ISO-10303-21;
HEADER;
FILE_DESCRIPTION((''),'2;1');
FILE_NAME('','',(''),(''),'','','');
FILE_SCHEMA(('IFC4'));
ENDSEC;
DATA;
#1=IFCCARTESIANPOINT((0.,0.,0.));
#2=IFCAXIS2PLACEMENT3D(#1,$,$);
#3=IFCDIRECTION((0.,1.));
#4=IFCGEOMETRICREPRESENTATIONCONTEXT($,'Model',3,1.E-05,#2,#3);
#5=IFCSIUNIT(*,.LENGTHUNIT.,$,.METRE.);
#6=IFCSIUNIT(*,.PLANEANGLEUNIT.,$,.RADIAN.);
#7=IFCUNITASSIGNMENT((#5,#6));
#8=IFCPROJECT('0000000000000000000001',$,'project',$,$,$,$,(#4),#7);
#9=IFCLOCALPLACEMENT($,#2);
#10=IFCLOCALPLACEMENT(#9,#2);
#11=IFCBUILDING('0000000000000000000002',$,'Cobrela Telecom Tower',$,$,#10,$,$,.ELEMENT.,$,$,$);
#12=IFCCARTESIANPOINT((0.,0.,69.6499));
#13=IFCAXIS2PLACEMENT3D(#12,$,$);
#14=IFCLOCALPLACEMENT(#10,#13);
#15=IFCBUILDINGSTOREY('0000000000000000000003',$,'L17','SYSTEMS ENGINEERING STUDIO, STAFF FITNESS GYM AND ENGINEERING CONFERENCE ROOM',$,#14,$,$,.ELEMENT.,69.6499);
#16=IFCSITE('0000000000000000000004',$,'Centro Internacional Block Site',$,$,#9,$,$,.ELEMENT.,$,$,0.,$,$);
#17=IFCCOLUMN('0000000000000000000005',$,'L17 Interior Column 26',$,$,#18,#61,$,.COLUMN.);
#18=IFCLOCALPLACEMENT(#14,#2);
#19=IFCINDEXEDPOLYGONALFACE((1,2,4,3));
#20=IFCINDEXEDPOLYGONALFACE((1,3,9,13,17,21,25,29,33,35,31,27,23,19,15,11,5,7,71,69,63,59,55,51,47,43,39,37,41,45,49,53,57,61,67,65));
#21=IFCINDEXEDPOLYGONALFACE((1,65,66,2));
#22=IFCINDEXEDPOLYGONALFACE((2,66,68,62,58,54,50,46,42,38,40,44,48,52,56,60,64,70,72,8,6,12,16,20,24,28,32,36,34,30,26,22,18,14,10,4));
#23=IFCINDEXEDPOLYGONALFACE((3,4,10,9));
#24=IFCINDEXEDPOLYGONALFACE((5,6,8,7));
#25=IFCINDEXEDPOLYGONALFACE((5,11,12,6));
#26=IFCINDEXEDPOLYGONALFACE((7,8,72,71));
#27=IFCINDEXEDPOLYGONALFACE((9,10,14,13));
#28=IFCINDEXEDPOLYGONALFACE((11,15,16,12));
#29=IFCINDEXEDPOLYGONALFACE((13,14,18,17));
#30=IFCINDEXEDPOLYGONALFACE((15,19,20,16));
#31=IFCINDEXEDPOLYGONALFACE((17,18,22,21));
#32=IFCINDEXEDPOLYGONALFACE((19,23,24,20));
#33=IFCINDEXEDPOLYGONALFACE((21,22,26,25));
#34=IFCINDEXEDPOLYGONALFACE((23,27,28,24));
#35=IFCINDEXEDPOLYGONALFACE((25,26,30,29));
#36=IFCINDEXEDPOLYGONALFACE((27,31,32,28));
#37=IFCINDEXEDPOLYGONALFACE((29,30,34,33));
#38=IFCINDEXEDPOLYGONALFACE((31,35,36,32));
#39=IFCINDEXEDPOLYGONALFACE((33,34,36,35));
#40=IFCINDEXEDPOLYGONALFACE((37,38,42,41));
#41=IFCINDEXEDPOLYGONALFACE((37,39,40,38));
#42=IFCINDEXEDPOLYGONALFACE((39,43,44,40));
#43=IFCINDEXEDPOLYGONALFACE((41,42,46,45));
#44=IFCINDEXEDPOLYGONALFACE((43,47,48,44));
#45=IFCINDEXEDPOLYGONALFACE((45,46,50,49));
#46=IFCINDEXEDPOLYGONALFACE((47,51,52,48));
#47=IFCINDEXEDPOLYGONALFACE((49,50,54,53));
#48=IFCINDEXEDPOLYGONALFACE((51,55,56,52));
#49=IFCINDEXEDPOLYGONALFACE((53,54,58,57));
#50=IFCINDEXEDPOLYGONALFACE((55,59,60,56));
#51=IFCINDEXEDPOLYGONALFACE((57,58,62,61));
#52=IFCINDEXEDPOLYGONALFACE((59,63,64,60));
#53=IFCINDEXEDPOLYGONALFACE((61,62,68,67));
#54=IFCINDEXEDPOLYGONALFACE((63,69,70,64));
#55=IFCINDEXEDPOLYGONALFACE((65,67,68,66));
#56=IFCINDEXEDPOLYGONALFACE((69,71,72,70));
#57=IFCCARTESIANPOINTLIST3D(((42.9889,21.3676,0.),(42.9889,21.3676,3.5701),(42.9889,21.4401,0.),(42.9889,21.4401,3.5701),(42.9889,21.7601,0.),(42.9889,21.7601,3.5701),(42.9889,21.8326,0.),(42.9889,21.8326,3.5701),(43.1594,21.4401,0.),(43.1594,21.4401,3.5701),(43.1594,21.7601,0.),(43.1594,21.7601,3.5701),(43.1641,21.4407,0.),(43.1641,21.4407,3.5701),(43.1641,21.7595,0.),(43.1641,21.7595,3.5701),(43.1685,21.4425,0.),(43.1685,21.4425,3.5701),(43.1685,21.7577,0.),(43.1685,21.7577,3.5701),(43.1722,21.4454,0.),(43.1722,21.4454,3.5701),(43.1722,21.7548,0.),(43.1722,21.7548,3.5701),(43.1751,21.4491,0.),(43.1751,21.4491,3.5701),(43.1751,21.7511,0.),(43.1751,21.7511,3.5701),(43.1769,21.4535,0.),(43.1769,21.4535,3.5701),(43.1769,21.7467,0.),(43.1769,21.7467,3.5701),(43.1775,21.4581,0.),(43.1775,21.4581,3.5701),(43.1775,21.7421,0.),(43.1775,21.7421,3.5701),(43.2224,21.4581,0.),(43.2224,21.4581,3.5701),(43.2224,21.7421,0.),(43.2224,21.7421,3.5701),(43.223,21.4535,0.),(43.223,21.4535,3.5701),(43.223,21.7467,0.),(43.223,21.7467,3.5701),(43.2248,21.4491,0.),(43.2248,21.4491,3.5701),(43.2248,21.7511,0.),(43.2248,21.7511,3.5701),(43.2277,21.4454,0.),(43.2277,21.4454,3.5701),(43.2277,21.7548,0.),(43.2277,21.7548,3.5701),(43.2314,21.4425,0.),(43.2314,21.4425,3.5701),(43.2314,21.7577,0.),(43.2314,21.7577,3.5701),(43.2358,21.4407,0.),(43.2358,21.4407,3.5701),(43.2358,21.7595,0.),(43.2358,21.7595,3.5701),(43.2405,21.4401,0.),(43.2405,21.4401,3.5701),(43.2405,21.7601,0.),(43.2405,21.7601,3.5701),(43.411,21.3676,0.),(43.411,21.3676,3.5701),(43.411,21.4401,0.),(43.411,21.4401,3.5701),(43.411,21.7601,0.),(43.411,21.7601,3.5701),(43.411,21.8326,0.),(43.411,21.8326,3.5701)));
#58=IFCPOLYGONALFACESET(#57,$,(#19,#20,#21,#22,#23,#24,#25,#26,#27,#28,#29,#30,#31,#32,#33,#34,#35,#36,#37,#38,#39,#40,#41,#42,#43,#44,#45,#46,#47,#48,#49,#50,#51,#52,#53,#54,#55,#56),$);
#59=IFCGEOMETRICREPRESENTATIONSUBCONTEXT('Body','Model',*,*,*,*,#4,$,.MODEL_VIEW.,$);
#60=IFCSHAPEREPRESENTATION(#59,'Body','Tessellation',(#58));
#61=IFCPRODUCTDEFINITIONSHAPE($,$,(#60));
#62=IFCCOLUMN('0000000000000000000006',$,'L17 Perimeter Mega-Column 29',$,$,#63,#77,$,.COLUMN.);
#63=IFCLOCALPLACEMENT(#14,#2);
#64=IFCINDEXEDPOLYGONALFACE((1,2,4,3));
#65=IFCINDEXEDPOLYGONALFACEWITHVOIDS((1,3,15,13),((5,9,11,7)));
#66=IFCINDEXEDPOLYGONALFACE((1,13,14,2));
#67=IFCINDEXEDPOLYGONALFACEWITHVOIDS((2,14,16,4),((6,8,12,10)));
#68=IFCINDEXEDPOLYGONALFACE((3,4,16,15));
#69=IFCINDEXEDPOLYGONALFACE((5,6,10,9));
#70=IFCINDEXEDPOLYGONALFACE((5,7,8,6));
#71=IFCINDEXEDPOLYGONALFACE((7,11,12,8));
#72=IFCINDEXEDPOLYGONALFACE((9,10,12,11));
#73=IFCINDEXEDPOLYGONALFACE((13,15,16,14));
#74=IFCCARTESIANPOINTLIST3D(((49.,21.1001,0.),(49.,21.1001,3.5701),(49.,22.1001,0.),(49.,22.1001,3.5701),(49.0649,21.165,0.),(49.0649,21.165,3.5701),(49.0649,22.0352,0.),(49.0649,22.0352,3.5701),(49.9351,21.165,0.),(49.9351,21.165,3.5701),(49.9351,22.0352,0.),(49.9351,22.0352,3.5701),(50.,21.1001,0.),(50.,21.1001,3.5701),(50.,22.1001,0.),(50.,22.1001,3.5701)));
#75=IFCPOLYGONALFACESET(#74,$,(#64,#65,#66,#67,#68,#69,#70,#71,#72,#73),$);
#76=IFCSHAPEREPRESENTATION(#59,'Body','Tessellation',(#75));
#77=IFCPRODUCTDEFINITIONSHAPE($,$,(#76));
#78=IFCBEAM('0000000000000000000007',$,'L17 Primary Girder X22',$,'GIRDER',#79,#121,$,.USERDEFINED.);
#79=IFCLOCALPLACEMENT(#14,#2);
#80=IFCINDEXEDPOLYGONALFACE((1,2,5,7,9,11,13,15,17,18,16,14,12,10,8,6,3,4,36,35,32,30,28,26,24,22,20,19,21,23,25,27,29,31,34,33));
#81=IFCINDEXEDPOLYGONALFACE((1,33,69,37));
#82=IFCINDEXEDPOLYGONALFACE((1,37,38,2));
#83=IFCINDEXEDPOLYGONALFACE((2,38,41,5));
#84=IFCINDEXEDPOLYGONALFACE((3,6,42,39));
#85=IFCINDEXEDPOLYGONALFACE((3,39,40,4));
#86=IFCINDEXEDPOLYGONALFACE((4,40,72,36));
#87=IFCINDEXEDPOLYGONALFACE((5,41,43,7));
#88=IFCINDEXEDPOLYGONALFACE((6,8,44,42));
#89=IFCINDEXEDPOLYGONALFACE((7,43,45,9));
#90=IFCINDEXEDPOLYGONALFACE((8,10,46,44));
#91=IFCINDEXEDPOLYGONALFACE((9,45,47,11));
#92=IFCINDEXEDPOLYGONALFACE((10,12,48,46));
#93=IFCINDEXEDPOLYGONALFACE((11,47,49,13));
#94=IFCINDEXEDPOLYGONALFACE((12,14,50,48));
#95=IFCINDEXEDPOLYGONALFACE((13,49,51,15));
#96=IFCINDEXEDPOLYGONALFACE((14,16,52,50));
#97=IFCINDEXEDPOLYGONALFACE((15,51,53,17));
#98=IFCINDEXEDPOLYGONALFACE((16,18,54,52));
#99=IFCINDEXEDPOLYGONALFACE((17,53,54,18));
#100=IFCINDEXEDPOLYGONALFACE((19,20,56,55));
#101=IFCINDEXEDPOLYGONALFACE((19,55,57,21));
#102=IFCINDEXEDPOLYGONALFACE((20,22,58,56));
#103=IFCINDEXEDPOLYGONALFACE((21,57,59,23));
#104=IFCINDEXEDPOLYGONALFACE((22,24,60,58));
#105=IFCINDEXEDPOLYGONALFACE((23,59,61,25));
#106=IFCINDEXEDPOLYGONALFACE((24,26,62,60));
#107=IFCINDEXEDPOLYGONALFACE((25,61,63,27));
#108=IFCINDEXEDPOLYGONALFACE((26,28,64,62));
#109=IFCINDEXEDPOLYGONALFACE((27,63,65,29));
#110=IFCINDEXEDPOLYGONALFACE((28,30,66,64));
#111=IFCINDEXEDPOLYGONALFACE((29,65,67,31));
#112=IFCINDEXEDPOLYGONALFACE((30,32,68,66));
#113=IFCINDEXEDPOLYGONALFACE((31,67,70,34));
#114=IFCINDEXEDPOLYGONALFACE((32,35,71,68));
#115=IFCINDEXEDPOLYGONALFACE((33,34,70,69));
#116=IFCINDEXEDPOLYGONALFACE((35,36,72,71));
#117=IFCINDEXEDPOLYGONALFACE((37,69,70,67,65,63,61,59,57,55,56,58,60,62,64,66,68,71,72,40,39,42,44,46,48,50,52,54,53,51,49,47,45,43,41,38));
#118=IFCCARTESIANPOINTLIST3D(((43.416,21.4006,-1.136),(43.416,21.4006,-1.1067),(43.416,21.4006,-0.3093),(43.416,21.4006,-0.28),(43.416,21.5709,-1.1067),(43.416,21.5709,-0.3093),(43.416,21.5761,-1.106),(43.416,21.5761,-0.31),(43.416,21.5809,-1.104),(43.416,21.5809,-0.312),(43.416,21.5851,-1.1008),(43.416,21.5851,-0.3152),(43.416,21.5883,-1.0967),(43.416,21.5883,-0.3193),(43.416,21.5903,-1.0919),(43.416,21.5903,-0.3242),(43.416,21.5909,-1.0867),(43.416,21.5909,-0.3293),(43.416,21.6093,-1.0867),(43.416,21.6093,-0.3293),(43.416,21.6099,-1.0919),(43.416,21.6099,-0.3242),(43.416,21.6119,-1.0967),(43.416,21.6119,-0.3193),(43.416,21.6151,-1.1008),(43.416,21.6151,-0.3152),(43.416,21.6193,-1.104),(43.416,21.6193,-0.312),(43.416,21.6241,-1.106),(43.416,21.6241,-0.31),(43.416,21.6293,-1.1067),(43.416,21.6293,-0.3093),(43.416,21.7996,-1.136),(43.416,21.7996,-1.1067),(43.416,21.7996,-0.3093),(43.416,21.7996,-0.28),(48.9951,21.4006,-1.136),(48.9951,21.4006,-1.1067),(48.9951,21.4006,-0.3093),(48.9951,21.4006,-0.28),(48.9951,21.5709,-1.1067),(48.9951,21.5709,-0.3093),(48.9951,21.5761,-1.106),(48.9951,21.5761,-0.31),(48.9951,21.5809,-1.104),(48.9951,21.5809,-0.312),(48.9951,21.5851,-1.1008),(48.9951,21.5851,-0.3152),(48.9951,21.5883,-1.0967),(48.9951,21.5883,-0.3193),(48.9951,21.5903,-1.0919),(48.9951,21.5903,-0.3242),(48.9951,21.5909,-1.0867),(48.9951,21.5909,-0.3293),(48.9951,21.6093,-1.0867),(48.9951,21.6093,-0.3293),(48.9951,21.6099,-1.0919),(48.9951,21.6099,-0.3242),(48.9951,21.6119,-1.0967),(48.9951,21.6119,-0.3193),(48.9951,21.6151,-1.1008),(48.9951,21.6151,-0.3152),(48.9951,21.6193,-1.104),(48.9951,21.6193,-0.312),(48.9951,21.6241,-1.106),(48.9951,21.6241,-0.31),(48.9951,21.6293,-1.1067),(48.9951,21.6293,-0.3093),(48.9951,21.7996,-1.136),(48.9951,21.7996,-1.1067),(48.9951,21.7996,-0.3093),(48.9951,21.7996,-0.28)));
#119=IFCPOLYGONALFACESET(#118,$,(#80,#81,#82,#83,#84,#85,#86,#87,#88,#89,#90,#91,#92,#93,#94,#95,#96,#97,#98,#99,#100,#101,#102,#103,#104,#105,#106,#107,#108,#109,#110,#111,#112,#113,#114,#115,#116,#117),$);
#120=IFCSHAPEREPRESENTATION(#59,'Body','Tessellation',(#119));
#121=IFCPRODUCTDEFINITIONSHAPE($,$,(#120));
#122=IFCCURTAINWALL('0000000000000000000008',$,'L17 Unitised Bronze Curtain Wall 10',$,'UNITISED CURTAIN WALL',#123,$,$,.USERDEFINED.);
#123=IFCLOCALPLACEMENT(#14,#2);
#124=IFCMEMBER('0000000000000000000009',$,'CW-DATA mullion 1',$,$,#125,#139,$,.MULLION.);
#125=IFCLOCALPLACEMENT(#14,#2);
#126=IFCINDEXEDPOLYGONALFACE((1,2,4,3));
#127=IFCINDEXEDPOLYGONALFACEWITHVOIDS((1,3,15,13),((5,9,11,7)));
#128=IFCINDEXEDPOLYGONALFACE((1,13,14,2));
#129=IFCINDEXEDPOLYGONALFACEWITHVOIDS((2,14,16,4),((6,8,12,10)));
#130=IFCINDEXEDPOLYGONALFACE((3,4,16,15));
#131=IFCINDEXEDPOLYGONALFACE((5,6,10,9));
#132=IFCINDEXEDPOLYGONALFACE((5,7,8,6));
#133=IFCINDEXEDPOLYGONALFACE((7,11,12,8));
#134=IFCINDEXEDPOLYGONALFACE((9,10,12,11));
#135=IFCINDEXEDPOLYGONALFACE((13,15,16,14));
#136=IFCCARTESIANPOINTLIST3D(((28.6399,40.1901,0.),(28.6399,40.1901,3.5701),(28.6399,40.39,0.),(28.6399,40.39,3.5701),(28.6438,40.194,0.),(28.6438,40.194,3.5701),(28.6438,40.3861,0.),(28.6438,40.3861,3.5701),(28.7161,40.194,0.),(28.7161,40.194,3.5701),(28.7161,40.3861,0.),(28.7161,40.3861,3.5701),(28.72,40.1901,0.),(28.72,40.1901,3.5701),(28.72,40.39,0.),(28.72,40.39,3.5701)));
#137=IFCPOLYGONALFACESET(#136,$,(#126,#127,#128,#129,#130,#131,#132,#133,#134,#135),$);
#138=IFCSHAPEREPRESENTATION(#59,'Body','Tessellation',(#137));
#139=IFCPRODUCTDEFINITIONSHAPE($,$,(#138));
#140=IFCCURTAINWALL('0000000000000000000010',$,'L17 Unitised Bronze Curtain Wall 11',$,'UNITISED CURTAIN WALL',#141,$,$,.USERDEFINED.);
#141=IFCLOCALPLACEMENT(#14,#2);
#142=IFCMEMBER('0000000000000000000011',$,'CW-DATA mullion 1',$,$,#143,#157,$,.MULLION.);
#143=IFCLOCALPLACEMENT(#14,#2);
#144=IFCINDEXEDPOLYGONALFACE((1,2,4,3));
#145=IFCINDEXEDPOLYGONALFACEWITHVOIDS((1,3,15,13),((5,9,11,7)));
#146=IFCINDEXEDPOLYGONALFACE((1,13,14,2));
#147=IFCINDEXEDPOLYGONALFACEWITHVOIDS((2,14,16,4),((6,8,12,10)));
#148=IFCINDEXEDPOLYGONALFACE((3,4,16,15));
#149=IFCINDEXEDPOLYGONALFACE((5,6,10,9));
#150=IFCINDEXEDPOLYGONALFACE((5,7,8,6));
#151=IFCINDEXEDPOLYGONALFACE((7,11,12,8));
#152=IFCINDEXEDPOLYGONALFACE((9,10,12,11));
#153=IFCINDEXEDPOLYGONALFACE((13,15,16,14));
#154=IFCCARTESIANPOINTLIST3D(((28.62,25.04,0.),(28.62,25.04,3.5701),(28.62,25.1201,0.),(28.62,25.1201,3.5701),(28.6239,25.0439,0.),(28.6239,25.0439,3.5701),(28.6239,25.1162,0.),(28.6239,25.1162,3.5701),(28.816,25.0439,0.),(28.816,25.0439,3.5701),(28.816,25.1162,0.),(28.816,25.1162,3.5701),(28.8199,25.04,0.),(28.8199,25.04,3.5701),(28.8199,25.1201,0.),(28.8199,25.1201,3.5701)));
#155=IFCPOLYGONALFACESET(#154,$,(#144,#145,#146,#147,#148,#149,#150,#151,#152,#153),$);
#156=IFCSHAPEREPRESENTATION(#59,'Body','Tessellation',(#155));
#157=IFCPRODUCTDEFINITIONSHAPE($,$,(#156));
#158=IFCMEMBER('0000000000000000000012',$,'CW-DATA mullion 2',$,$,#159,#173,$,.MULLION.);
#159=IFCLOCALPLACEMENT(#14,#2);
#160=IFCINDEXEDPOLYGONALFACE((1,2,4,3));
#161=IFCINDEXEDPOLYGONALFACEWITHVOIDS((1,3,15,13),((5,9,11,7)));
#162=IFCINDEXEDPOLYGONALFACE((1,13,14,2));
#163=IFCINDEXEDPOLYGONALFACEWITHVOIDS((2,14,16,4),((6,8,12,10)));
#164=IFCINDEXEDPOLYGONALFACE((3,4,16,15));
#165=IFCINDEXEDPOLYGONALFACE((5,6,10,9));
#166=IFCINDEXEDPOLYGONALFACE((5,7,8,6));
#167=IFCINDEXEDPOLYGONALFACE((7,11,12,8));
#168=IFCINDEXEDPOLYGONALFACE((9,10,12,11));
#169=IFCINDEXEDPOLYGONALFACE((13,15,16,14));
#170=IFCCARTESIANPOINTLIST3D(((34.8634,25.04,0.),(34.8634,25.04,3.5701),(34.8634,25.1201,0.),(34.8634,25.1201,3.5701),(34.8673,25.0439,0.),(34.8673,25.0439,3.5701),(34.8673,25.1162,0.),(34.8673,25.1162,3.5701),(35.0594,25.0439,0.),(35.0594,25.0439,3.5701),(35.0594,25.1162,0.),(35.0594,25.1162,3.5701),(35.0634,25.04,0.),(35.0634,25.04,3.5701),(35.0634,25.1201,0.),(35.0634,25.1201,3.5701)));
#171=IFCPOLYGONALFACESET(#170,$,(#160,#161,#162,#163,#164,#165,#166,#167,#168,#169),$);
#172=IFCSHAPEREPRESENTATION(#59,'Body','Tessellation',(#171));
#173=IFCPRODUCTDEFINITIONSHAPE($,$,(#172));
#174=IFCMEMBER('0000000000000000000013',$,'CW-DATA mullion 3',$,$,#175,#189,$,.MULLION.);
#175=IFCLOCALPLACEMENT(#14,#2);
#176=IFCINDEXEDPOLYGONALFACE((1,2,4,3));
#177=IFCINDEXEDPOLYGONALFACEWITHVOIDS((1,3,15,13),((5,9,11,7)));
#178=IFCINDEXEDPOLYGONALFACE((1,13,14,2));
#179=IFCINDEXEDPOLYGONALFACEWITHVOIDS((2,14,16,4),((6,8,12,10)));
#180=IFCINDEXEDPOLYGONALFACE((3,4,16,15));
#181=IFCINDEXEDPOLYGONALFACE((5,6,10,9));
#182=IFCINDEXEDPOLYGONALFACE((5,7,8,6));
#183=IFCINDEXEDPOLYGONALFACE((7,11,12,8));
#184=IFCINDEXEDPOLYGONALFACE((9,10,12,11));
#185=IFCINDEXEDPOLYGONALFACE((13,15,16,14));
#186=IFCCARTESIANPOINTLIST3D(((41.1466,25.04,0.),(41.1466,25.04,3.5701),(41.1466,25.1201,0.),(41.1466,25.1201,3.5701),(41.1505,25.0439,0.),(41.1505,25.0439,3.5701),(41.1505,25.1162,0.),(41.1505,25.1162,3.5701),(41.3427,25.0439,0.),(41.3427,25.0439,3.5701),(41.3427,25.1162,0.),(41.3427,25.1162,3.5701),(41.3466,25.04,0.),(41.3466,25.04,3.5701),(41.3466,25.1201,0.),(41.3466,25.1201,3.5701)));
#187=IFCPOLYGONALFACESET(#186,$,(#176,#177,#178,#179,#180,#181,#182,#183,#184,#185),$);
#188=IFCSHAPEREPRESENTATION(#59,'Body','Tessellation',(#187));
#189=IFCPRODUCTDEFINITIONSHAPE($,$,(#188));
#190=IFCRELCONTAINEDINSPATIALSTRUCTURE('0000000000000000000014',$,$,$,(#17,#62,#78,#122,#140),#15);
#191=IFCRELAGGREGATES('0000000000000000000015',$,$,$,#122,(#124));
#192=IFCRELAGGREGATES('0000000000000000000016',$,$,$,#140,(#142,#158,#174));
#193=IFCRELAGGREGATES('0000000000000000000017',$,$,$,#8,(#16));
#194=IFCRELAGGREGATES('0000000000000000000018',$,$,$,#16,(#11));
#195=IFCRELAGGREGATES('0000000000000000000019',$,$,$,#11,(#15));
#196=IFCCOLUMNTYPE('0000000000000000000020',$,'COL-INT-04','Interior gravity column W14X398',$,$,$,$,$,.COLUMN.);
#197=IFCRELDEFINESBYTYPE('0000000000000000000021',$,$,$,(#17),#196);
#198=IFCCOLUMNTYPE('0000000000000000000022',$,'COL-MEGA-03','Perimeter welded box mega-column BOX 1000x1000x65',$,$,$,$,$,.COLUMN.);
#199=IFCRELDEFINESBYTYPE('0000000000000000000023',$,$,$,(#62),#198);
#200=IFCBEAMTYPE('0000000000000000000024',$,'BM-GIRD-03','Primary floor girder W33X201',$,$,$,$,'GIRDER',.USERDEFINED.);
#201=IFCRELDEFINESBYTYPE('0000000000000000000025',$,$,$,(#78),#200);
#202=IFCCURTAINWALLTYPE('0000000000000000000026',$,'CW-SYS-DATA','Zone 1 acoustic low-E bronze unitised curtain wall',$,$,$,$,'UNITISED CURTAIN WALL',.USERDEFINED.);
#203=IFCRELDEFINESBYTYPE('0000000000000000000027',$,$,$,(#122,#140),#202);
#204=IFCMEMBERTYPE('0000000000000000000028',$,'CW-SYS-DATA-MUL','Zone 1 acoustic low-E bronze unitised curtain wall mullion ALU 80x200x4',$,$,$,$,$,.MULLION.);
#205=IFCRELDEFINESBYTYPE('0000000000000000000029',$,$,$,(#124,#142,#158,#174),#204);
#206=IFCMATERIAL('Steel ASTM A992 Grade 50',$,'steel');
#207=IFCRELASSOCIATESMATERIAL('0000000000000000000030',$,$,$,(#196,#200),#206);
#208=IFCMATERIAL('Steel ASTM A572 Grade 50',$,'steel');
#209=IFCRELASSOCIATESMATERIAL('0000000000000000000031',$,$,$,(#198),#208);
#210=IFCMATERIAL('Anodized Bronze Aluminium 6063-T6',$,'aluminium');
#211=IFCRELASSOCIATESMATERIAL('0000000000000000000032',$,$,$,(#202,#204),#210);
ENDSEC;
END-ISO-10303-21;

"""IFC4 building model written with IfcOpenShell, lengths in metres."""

from ifc_helpers import new_model, si_unit, direction, frame, origin, origin_2d, place, context, subcontext, project, spatial, hollow_rectangle, i_section, extrude, material, material_profile, profile_set, type_object, element, aggregate, save


model = new_model("IFC4")

# Units and contexts
model_context = context("Model", 3, precision=1e-05, world=origin(), true_north=direction((0.0, 1.0)))
body_context = subcontext(model_context, "Body", "Model", "MODEL_VIEW")
ifc_project = project(units=[si_unit("LENGTHUNIT", "METRE"), si_unit("PLANEANGLEUNIT", "RADIAN")], contexts=[model_context])

# Site, building, storey
site_placement = place(None, origin())
site = spatial("IfcSite", under=ifc_project, at=site_placement, Name="Centro Internacional Block Site", CompositionType="ELEMENT", RefElevation=0.0)
building_placement = place(site_placement, origin())
building = spatial("IfcBuilding", under=site, at=building_placement, Name="Cobrela Telecom Tower", CompositionType="ELEMENT")
storey_placement = place(building_placement, frame((0.0, 0.0, 69.6499)))
storey = spatial("IfcBuildingStorey", under=building, at=storey_placement, Name="L17", Description="SYSTEMS ENGINEERING STUDIO, STAFF FITNESS GYM AND ENGINEERING CONFERENCE ROOM", CompositionType="ELEMENT", Elevation=69.6499)

# Columns
ifc_material_1 = material(Name="Steel ASTM A992 Grade 50", Category="steel")
ifc_material_profile_1 = material_profile(ifc_material_1, i_section(OverallWidth=0.4221, OverallDepth=0.4651, WebThickness=0.0449, FlangeThickness=0.0725, FilletRadius=0.0181, at=origin_2d()), Name="W14X398")
ifc_profile_set_1 = profile_set([ifc_material_profile_1], Name="Steel ASTM A992 Grade 50")
column_type_1 = type_object("IfcColumnType", Name="COL-INT-04", Description="Interior gravity column W14X398", PredefinedType="COLUMN", material=ifc_profile_set_1)
column_1_placement = place(storey_placement, frame((43.2, 21.6001, 0.0), z_axis=(0.0, 0.0, 1.0), x_axis=(1.0, 0.0, 0.0)))
element("IfcColumn", 1, at=column_1_placement, inside=storey, type_object=column_type_1, Name="L17 Interior Column 26", PredefinedType="COLUMN", context=body_context, shape_type="SweptSolid", body=[
    extrude(i_section(OverallWidth=0.4221, OverallDepth=0.4651, WebThickness=0.0449, FlangeThickness=0.0725, FilletRadius=0.0181, at=origin_2d()), origin(), (0.0, 0.0, 1.0), 3.5701),
])
ifc_material_2 = material(Name="Steel ASTM A572 Grade 50", Category="steel")
ifc_material_profile_2 = material_profile(ifc_material_2, hollow_rectangle(XDim=1.0, YDim=1.0, WallThickness=0.0649, at=origin_2d()), Name="BOX 1000x1000x65")
ifc_profile_set_2 = profile_set([ifc_material_profile_2], Name="Steel ASTM A572 Grade 50")
column_type_2 = type_object("IfcColumnType", Name="COL-MEGA-03", Description="Perimeter welded box mega-column BOX 1000x1000x65", PredefinedType="COLUMN", material=ifc_profile_set_2)
column_2_placement = place(storey_placement, frame((49.5, 21.6001, 0.0), z_axis=(0.0, 0.0, 1.0), x_axis=(1.0, 0.0, 0.0)))
element("IfcColumn", 2, at=column_2_placement, inside=storey, type_object=column_type_2, Name="L17 Perimeter Mega-Column 29", PredefinedType="COLUMN", context=body_context, shape_type="SweptSolid", body=[
    extrude(hollow_rectangle(XDim=1.0, YDim=1.0, WallThickness=0.0649, at=origin_2d()), origin(), (0.0, 0.0, 1.0), 3.5701),
])

# Beam
ifc_material_profile_3 = material_profile(ifc_material_1, i_section(OverallWidth=0.3989, OverallDepth=0.856, WebThickness=0.0183, FlangeThickness=0.0293, FilletRadius=0.02, at=origin_2d()), Name="W33X201")
ifc_profile_set_3 = profile_set([ifc_material_profile_3], Name="Steel ASTM A992 Grade 50")
beam_type = type_object("IfcBeamType", Name="BM-GIRD-03", Description="Primary floor girder W33X201", ElementType="GIRDER", PredefinedType="USERDEFINED", material=ifc_profile_set_3)
beam_placement = place(storey_placement, frame((43.416, 21.6001, -0.708), z_axis=(1.0, 0.0, 0.0), x_axis=(0.0, 1.0, 0.0)))
element("IfcBeam", 3, at=beam_placement, inside=storey, type_object=beam_type, Name="L17 Primary Girder X22", ObjectType="GIRDER", PredefinedType="USERDEFINED", context=body_context, shape_type="SweptSolid", body=[
    extrude(i_section(OverallWidth=0.3989, OverallDepth=0.856, WebThickness=0.0183, FlangeThickness=0.0293, FilletRadius=0.02, at=origin_2d()), origin(), (0.0, 0.0, 1.0), 5.5791),
])

# Curtain wall, member
ifc_material_3 = material(Name="Anodized Bronze Aluminium 6063-T6", Category="aluminium")
curtain_wall_type = type_object("IfcCurtainWallType", Name="CW-SYS-DATA", Description="Zone 1 acoustic low-E bronze unitised curtain wall", ElementType="UNITISED CURTAIN WALL", PredefinedType="USERDEFINED", material=ifc_material_3)
curtain_wall_1_placement = place(storey_placement, origin())
curtain_wall_1 = element("IfcCurtainWall", 4, at=curtain_wall_1_placement, inside=storey, type_object=curtain_wall_type, Name="L17 Unitised Bronze Curtain Wall 10", ObjectType="UNITISED CURTAIN WALL", PredefinedType="USERDEFINED")
ifc_material_profile_4 = material_profile(ifc_material_3, hollow_rectangle(XDim=0.0801, YDim=0.2, WallThickness=0.0039, at=origin_2d()), Name="ALU 80x200x4")
ifc_profile_set_4 = profile_set([ifc_material_profile_4], Name="Anodized Bronze Aluminium 6063-T6")
member_type_1 = type_object("IfcMemberType", Name="CW-SYS-DATA-MUL", Description="Zone 1 acoustic low-E bronze unitised curtain wall mullion ALU 80x200x4", PredefinedType="MULLION", material=ifc_profile_set_4)
member_1_placement = place(storey_placement, frame((28.6799, 40.29, 0.0), z_axis=(0.0, 0.0, 1.0), x_axis=(1.0, 0.0, 0.0)))
member_1 = element("IfcMember", 5, at=member_1_placement, type_object=member_type_1, Name="CW-DATA mullion 1", PredefinedType="MULLION", context=body_context, shape_type="SweptSolid", body=[
    extrude(hollow_rectangle(XDim=0.0801, YDim=0.2, WallThickness=0.0039, at=origin_2d()), origin(), (0.0, 0.0, 1.0), 3.5701),
])
aggregate(curtain_wall_1, [member_1])

# Curtain wall, members
curtain_wall_2_placement = place(storey_placement, origin())
curtain_wall_2 = element("IfcCurtainWall", 6, at=curtain_wall_2_placement, inside=storey, type_object=curtain_wall_type, Name="L17 Unitised Bronze Curtain Wall 11", ObjectType="UNITISED CURTAIN WALL", PredefinedType="USERDEFINED")
member_2_placement = place(storey_placement, frame((28.72, 25.0801, 0.0), z_axis=(0.0, 0.0, 1.0), x_axis=(0.0, 1.0, 0.0)))
member_2 = element("IfcMember", 7, at=member_2_placement, type_object=member_type_1, Name="CW-DATA mullion 1", PredefinedType="MULLION", context=body_context, shape_type="SweptSolid", body=[
    extrude(hollow_rectangle(XDim=0.0801, YDim=0.2, WallThickness=0.0039, at=origin_2d()), origin(), (0.0, 0.0, 1.0), 3.5701),
])
member_3_placement = place(storey_placement, frame((34.9634, 25.0801, 0.0), z_axis=(0.0, 0.0, 1.0), x_axis=(0.0, 1.0, 0.0)))
member_3 = element("IfcMember", 8, at=member_3_placement, type_object=member_type_1, Name="CW-DATA mullion 2", PredefinedType="MULLION", context=body_context, shape_type="SweptSolid", body=[
    extrude(hollow_rectangle(XDim=0.0801, YDim=0.2, WallThickness=0.0039, at=origin_2d()), origin(), (0.0, 0.0, 1.0), 3.5701),
])
member_4_placement = place(storey_placement, frame((41.2466, 25.0801, 0.0), z_axis=(0.0, 0.0, 1.0), x_axis=(0.0, 1.0, 0.0)))
member_4 = element("IfcMember", 9, at=member_4_placement, type_object=member_type_1, Name="CW-DATA mullion 3", PredefinedType="MULLION", context=body_context, shape_type="SweptSolid", body=[
    extrude(hollow_rectangle(XDim=0.0801, YDim=0.2, WallThickness=0.0039, at=origin_2d()), origin(), (0.0, 0.0, 1.0), 3.5701),
])

aggregate(curtain_wall_2, [member_2, member_3, member_4])

save(model, "model.ifc")
